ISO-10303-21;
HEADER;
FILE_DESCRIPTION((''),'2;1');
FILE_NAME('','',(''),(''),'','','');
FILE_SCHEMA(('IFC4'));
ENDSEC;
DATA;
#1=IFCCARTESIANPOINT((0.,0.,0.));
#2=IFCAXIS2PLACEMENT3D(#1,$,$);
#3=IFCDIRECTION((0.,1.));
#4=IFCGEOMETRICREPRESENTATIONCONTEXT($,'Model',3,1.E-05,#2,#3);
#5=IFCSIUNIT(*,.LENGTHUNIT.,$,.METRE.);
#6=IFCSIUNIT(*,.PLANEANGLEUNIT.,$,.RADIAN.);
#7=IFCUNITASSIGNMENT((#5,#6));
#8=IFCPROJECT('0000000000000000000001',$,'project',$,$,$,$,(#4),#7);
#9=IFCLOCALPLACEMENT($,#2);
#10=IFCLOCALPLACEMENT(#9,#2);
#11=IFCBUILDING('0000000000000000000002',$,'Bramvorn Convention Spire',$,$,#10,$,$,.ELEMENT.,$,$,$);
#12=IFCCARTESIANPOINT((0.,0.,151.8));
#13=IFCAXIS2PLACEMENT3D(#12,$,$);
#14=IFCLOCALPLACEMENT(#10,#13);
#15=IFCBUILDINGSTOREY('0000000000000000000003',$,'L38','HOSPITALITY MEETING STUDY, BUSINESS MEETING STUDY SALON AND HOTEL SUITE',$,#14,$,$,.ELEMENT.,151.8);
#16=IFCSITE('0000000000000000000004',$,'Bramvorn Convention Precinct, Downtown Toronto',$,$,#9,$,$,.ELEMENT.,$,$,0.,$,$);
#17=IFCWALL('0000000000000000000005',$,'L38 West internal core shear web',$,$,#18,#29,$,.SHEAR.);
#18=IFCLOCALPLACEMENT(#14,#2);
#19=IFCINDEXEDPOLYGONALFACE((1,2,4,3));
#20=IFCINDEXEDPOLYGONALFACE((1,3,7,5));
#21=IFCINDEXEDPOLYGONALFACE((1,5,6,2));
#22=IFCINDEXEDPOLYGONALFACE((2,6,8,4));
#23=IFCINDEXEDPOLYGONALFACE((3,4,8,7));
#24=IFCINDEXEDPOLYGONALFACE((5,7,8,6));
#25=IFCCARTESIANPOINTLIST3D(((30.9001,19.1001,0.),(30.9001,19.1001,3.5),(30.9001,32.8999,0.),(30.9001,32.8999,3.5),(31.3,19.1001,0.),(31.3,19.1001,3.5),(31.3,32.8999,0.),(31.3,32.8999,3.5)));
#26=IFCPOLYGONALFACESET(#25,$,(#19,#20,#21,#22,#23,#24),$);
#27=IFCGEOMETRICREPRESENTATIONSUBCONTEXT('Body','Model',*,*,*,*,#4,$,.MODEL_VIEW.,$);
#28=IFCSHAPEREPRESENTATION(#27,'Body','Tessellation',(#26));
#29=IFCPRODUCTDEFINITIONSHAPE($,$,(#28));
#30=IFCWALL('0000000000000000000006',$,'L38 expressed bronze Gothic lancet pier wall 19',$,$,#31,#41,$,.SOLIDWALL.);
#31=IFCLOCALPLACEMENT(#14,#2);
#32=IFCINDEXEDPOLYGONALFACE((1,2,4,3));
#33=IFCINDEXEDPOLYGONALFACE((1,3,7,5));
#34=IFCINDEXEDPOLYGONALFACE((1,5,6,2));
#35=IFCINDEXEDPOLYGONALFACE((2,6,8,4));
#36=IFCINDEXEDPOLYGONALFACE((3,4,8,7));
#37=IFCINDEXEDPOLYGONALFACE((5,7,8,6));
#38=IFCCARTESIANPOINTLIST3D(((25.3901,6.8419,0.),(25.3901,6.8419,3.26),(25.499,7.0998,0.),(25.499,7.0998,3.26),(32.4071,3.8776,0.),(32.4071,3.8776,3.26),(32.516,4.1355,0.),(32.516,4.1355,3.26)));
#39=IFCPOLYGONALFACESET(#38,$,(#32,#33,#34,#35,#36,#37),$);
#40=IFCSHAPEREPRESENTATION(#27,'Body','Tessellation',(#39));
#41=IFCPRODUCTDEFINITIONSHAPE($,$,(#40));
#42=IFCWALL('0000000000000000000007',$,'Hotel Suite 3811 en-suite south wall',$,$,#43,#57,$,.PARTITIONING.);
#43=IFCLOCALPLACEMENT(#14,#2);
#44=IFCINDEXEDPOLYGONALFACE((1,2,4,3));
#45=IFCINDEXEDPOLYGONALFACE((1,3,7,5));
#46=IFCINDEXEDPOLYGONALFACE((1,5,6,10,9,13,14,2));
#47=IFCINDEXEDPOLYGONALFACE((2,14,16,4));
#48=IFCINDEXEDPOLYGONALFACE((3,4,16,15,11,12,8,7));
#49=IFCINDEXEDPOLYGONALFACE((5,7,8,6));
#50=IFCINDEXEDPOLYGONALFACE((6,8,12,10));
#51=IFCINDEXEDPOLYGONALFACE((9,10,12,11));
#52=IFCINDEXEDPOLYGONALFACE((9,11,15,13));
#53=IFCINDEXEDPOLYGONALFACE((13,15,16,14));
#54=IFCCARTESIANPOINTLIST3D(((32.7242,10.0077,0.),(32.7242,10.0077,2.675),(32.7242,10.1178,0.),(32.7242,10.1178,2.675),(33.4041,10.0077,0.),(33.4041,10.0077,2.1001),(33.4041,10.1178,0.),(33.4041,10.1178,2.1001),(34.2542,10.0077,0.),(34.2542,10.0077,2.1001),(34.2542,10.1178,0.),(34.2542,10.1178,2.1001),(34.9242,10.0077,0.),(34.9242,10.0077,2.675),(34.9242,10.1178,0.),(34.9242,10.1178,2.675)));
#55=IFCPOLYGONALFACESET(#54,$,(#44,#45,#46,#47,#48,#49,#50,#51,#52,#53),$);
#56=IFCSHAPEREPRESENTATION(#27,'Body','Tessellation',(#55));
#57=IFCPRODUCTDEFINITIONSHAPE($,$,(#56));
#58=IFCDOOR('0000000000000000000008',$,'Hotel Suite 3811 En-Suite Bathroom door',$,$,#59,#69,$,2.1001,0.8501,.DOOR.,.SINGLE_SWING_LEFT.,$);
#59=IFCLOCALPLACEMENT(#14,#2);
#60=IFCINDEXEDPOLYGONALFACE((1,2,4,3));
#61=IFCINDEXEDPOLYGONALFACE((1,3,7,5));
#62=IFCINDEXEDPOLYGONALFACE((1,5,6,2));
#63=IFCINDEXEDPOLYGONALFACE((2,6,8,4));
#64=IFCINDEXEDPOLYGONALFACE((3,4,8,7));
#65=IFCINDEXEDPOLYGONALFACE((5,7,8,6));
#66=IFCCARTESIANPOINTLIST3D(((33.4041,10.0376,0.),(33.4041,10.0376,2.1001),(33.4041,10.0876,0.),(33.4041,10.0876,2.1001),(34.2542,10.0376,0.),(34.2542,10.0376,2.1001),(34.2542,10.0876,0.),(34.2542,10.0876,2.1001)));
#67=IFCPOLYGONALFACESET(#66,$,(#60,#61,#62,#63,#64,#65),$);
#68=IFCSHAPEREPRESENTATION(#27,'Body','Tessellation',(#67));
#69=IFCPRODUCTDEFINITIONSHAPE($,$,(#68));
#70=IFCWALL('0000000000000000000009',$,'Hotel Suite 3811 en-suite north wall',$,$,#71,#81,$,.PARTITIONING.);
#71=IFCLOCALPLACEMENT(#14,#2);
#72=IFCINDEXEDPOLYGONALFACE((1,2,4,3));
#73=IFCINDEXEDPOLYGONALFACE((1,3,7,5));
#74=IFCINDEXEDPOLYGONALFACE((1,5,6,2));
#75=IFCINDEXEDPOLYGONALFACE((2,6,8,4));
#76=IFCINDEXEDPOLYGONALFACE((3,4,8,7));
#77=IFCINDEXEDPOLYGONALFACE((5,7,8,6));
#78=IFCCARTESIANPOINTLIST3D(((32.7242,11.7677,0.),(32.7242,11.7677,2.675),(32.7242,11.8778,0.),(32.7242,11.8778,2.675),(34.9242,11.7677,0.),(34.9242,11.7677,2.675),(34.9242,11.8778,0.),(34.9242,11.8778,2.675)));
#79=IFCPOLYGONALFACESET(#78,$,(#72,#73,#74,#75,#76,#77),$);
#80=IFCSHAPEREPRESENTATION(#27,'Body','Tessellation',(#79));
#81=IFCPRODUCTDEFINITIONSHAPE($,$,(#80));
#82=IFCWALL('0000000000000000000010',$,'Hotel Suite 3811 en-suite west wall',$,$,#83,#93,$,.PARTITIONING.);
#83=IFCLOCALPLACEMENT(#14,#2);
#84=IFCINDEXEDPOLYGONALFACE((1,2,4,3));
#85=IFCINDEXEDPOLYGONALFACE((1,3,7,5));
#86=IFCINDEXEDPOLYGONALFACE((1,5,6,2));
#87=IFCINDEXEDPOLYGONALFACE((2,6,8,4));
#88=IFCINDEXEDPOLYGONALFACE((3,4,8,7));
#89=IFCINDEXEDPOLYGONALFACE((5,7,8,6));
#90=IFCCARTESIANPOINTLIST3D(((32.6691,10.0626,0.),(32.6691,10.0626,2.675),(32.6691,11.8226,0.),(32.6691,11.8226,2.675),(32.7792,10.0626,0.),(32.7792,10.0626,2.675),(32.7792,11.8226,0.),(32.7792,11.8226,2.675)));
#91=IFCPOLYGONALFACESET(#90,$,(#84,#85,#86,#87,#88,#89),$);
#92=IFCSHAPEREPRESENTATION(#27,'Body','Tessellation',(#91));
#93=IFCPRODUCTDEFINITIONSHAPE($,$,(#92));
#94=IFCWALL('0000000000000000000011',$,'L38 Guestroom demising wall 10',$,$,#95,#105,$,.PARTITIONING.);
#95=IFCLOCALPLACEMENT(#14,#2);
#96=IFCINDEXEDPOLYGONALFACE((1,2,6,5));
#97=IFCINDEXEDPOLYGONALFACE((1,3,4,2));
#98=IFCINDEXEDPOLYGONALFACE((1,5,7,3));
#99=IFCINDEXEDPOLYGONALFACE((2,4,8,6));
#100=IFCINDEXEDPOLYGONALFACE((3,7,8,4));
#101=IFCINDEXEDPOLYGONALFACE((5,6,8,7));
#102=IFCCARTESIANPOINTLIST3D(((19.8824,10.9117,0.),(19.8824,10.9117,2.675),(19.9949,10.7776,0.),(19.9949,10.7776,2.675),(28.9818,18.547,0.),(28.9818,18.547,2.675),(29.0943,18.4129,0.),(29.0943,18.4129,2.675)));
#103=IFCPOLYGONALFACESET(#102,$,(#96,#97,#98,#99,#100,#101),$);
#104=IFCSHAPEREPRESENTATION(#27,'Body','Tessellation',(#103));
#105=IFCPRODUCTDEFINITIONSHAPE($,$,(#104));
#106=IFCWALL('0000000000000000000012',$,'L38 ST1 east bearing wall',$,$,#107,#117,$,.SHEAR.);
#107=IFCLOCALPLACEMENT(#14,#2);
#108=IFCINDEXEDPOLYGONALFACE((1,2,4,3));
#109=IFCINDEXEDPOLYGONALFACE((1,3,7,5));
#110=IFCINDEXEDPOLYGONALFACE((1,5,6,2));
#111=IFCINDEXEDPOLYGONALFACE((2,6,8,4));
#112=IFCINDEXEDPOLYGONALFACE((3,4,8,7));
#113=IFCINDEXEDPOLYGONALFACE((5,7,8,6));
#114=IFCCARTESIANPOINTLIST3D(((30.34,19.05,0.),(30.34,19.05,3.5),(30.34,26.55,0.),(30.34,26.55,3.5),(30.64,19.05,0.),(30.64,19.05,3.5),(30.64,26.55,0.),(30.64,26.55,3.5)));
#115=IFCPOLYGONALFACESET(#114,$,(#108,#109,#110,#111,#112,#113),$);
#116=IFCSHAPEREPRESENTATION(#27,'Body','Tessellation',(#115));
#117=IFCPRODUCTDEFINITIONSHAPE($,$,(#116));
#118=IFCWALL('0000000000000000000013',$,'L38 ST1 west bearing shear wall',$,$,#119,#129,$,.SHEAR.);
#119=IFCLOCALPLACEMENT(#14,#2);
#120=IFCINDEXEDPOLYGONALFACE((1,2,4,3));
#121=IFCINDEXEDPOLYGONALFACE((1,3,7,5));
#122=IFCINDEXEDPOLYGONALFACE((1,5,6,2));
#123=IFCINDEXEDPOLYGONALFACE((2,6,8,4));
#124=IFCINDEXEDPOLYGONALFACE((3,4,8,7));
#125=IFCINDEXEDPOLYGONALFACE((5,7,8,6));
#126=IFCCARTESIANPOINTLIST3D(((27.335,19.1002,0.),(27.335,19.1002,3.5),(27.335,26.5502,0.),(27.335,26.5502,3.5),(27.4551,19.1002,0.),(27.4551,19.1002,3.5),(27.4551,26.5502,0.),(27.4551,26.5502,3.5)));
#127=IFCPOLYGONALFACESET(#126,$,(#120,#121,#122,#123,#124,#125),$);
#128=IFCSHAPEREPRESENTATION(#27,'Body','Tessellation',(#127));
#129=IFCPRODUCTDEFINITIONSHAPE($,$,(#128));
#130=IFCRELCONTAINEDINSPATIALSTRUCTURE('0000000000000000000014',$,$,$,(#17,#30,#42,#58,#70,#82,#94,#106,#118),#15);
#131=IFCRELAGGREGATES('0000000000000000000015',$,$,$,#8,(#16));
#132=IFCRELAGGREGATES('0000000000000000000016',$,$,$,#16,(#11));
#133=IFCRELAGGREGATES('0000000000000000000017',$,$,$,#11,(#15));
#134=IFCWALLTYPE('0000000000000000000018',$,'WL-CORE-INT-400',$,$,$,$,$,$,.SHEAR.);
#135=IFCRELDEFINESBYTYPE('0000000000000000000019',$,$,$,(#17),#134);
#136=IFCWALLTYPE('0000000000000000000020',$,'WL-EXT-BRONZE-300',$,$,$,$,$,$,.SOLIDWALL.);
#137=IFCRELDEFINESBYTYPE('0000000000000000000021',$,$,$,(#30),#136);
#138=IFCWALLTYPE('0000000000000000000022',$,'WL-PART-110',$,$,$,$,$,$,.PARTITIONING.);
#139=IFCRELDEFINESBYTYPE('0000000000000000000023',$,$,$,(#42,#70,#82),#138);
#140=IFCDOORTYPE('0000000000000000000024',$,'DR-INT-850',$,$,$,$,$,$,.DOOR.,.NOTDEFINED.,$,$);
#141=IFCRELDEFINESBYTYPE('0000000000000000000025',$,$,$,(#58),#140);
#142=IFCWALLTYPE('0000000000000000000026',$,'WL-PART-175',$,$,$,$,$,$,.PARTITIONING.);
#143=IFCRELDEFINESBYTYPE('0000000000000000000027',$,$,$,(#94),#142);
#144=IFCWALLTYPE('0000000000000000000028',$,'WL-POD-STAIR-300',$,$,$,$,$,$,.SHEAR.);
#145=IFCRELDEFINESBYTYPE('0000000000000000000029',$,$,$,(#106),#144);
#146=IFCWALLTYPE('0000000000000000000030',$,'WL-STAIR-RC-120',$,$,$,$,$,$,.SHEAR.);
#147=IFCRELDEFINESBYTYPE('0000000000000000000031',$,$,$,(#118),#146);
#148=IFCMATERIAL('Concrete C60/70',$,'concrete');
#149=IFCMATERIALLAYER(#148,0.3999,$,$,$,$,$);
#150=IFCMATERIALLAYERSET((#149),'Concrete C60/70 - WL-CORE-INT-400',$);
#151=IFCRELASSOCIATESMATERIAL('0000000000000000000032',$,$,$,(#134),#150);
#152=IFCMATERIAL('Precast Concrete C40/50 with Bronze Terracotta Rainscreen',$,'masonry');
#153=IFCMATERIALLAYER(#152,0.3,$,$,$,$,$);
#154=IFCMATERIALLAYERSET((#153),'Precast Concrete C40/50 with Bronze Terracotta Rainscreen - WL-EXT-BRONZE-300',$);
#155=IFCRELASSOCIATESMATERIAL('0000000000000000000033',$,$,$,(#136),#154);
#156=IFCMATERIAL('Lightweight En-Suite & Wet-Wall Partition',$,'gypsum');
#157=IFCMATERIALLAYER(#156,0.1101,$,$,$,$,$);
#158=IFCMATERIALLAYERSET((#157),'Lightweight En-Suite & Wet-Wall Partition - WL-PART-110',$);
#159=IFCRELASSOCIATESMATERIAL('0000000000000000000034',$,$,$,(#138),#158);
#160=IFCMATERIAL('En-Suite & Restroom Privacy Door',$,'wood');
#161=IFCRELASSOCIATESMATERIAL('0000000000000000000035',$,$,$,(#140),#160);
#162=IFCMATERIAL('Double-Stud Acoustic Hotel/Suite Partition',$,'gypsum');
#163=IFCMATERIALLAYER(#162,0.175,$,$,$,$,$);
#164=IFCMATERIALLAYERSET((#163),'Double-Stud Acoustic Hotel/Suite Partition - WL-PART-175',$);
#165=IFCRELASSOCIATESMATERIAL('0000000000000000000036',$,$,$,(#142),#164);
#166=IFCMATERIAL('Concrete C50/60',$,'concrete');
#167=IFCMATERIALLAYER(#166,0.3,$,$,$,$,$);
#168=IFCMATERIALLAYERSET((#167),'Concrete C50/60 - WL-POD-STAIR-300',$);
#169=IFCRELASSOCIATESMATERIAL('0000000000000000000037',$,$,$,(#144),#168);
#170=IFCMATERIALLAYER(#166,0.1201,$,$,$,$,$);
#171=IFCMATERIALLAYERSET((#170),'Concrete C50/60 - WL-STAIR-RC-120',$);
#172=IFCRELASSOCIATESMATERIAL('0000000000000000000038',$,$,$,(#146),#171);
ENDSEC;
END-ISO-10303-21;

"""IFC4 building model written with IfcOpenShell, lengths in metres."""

from ifc_helpers import new_model, si_unit, direction, frame, frame_2d, origin, place, context, subcontext, project, spatial, rectangle, extrude, material, layer, layer_set, type_object, element, fill, save


model = new_model("IFC4")

# Units and contexts
model_context = context("Model", 3, precision=1e-05, world=origin(), true_north=direction((0.0, 1.0)))
body_context = subcontext(model_context, "Body", "Model", "MODEL_VIEW")
ifc_project = project(units=[si_unit("LENGTHUNIT", "METRE"), si_unit("PLANEANGLEUNIT", "RADIAN")], contexts=[model_context])

# Site, building, storey
site_placement = place(None, origin())
site = spatial("IfcSite", under=ifc_project, at=site_placement, Name="Bramvorn Convention Precinct, Downtown Toronto", CompositionType="ELEMENT", RefElevation=0.0)
building_placement = place(site_placement, origin())
building = spatial("IfcBuilding", under=site, at=building_placement, Name="Bramvorn Convention Spire", CompositionType="ELEMENT")
storey_placement = place(building_placement, frame((0.0, 0.0, 151.8)))
storey = spatial("IfcBuildingStorey", under=building, at=storey_placement, Name="L38", Description="HOSPITALITY MEETING STUDY, BUSINESS MEETING STUDY SALON AND HOTEL SUITE", CompositionType="ELEMENT", Elevation=151.8)

# Shared definitions
ifc_material_1 = material(Name="Concrete C60/70", Category="concrete")

# Walls
ifc_layer_1 = layer(ifc_material_1, 0.3999)
ifc_layer_set_1 = layer_set([ifc_layer_1], Name="Concrete C60/70 - WL-CORE-INT-400")
wall_type_1 = type_object("IfcWallType", Name="WL-CORE-INT-400", PredefinedType="SHEAR", material=ifc_layer_set_1)
wall_1_placement = place(storey_placement, frame((31.1001, 19.1001, 0.0), z_axis=(0.0, 0.0, 1.0), x_axis=(0.0, 1.0, 0.0)))
element("IfcWall", 1, at=wall_1_placement, inside=storey, type_object=wall_type_1, Name="L38 West internal core shear web", PredefinedType="SHEAR", context=body_context, shape_type="SweptSolid", body=[
    extrude(rectangle(XDim=13.7998, YDim=0.3999, at=frame_2d((6.8999, 0.0))), origin(), (0.0, 0.0, 1.0), 3.5),
])
ifc_material_2 = material(Name="Precast Concrete C40/50 with Bronze Terracotta Rainscreen", Category="masonry")
ifc_layer_2 = layer(ifc_material_2, 0.3)
ifc_layer_set_2 = layer_set([ifc_layer_2], Name="Precast Concrete C40/50 with Bronze Terracotta Rainscreen - WL-EXT-BRONZE-300")
wall_type_2 = type_object("IfcWallType", Name="WL-EXT-BRONZE-300", PredefinedType="SOLIDWALL", material=ifc_layer_set_2)
wall_2_placement = place(storey_placement, frame((32.4614, 4.0066, 0.0), z_axis=(0.0, 0.0, 1.0), x_axis=(-0.921175, 0.389149, 0.0)))
element("IfcWall", 2, at=wall_2_placement, inside=storey, type_object=wall_type_2, Name="L38 expressed bronze Gothic lancet pier wall 19", PredefinedType="SOLIDWALL", context=body_context, shape_type="SweptSolid", body=[
    extrude(rectangle(XDim=7.6174, YDim=0.28, at=frame_2d((3.8086, 0.0))), origin(), (0.0, 0.0, 1.0), 3.26),
])

# Wall, opening, door
ifc_material_3 = material(Name="Lightweight En-Suite & Wet-Wall Partition", Category="gypsum")
ifc_layer_3 = layer(ifc_material_3, 0.1101)
ifc_layer_set_3 = layer_set([ifc_layer_3], Name="Lightweight En-Suite & Wet-Wall Partition - WL-PART-110")
wall_type_3 = type_object("IfcWallType", Name="WL-PART-110", PredefinedType="PARTITIONING", material=ifc_layer_set_3)
wall_3_placement = place(storey_placement, frame((32.7241, 10.0627, 0.0), z_axis=(0.0, 0.0, 1.0), x_axis=(1.0, 0.0, 0.0)))
wall_3 = element("IfcWall", 3, at=wall_3_placement, inside=storey, type_object=wall_type_3, Name="Hotel Suite 3811 en-suite south wall", PredefinedType="PARTITIONING", context=body_context, shape_type="SweptSolid", body=[
    extrude(rectangle(XDim=2.2, YDim=0.1101, at=frame_2d((1.1001, 0.0))), origin(), (0.0, 0.0, 1.0), 2.675),
])
opening_1_placement = place(wall_3_placement, frame((0.6799, 0.0, 0.0)))
opening_1 = element("IfcOpeningElement", 4, at=opening_1_placement, cuts=wall_3, PredefinedType="OPENING", context=body_context, shape_type="SweptSolid", body=[
    extrude(rectangle(XDim=0.8501, YDim=2.1001, at=frame_2d((0.425, 1.05))), frame((0.0, 0.0649, 0.0), z_axis=(0.0, -1.0, 0.0), x_axis=(1.0, 0.0, 0.0)), (0.0, 0.0, 1.0), 0.1301),
])
ifc_material_4 = material(Name="En-Suite & Restroom Privacy Door", Category="wood")
door_type_1 = type_object("IfcDoorType", Name="DR-INT-850", OperationType="NOTDEFINED", PredefinedType="DOOR", material=ifc_material_4)
door_1_placement = place(opening_1_placement, origin())
door_1 = element("IfcDoor", 5, at=door_1_placement, inside=storey, type_object=door_type_1, Name="Hotel Suite 3811 En-Suite Bathroom door", OperationType="SINGLE_SWING_LEFT", OverallHeight=2.1001, OverallWidth=0.8501, PredefinedType="DOOR", context=body_context, shape_type="SweptSolid", body=[
    extrude(rectangle(XDim=0.8501, YDim=2.1001, at=frame_2d((0.425, 1.05))), frame((0.0, 0.0249, 0.0), z_axis=(0.0, -1.0, 0.0), x_axis=(1.0, 0.0, 0.0)), (0.0, 0.0, 1.0), 0.05),
])
fill(opening_1, door_1)

# Walls
wall_4_placement = place(storey_placement, frame((32.7241, 11.8228, 0.0), z_axis=(0.0, 0.0, 1.0), x_axis=(1.0, 0.0, 0.0)))
element("IfcWall", 6, at=wall_4_placement, inside=storey, type_object=wall_type_3, Name="Hotel Suite 3811 en-suite north wall", PredefinedType="PARTITIONING", context=body_context, shape_type="SweptSolid", body=[
    extrude(rectangle(XDim=2.2, YDim=0.1101, at=frame_2d((1.1001, 0.0))), origin(), (0.0, 0.0, 1.0), 2.675),
])
wall_5_placement = place(storey_placement, frame((32.7241, 10.0627, 0.0), z_axis=(0.0, 0.0, 1.0), x_axis=(0.0, 1.0, 0.0)))
element("IfcWall", 7, at=wall_5_placement, inside=storey, type_object=wall_type_3, Name="Hotel Suite 3811 en-suite west wall", PredefinedType="PARTITIONING", context=body_context, shape_type="SweptSolid", body=[
    extrude(rectangle(XDim=1.76, YDim=0.1101, at=frame_2d((0.8799, 0.0))), origin(), (0.0, 0.0, 1.0), 2.675),
])
ifc_material_5 = material(Name="Double-Stud Acoustic Hotel/Suite Partition", Category="gypsum")
ifc_layer_4 = layer(ifc_material_5, 0.175)
ifc_layer_set_4 = layer_set([ifc_layer_4], Name="Double-Stud Acoustic Hotel/Suite Partition - WL-PART-175")
wall_type_4 = type_object("IfcWallType", Name="WL-PART-175", PredefinedType="PARTITIONING", material=ifc_layer_set_4)
wall_6_placement = place(storey_placement, frame((29.0381, 18.48, 0.0), z_axis=(0.0, 0.0, 1.0), x_axis=(-0.766045, -0.642787, 0.0)))
element("IfcWall", 8, at=wall_6_placement, inside=storey, type_object=wall_type_4, Name="L38 Guestroom demising wall 10", PredefinedType="PARTITIONING", context=body_context, shape_type="SweptSolid", body=[
    extrude(rectangle(XDim=11.8784, YDim=0.175, at=frame_2d((5.9392, 0.0))), origin(), (0.0, 0.0, 1.0), 2.675),
])
ifc_material_6 = material(Name="Concrete C50/60", Category="concrete")
ifc_layer_5 = layer(ifc_material_6, 0.3)
ifc_layer_set_5 = layer_set([ifc_layer_5], Name="Concrete C50/60 - WL-POD-STAIR-300")
wall_type_5 = type_object("IfcWallType", Name="WL-POD-STAIR-300", PredefinedType="SHEAR", material=ifc_layer_set_5)
wall_7_placement = place(storey_placement, frame((30.49, 19.05, 0.0), z_axis=(0.0, 0.0, 1.0), x_axis=(0.0, 1.0, 0.0)))
element("IfcWall", 9, at=wall_7_placement, inside=storey, type_object=wall_type_5, Name="L38 ST1 east bearing wall", PredefinedType="SHEAR", context=body_context, shape_type="SweptSolid", body=[
    extrude(rectangle(XDim=7.5, YDim=0.3, at=frame_2d((3.75, 0.0))), origin(), (0.0, 0.0, 1.0), 3.5),
])
ifc_layer_6 = layer(ifc_material_6, 0.1201)
ifc_layer_set_6 = layer_set([ifc_layer_6], Name="Concrete C50/60 - WL-STAIR-RC-120")
wall_type_6 = type_object("IfcWallType", Name="WL-STAIR-RC-120", PredefinedType="SHEAR", material=ifc_layer_set_6)
wall_8_placement = place(storey_placement, frame((27.395, 19.1001, 0.0), z_axis=(0.0, 0.0, 1.0), x_axis=(0.0, 1.0, 0.0)))
element("IfcWall", 10, at=wall_8_placement, inside=storey, type_object=wall_type_6, Name="L38 ST1 west bearing shear wall", PredefinedType="SHEAR", context=body_context, shape_type="SweptSolid", body=[
    extrude(rectangle(XDim=7.45, YDim=0.1201, at=frame_2d((3.7251, 0.0))), origin(), (0.0, 0.0, 1.0), 3.5),
])

save(model, "model.ifc")
